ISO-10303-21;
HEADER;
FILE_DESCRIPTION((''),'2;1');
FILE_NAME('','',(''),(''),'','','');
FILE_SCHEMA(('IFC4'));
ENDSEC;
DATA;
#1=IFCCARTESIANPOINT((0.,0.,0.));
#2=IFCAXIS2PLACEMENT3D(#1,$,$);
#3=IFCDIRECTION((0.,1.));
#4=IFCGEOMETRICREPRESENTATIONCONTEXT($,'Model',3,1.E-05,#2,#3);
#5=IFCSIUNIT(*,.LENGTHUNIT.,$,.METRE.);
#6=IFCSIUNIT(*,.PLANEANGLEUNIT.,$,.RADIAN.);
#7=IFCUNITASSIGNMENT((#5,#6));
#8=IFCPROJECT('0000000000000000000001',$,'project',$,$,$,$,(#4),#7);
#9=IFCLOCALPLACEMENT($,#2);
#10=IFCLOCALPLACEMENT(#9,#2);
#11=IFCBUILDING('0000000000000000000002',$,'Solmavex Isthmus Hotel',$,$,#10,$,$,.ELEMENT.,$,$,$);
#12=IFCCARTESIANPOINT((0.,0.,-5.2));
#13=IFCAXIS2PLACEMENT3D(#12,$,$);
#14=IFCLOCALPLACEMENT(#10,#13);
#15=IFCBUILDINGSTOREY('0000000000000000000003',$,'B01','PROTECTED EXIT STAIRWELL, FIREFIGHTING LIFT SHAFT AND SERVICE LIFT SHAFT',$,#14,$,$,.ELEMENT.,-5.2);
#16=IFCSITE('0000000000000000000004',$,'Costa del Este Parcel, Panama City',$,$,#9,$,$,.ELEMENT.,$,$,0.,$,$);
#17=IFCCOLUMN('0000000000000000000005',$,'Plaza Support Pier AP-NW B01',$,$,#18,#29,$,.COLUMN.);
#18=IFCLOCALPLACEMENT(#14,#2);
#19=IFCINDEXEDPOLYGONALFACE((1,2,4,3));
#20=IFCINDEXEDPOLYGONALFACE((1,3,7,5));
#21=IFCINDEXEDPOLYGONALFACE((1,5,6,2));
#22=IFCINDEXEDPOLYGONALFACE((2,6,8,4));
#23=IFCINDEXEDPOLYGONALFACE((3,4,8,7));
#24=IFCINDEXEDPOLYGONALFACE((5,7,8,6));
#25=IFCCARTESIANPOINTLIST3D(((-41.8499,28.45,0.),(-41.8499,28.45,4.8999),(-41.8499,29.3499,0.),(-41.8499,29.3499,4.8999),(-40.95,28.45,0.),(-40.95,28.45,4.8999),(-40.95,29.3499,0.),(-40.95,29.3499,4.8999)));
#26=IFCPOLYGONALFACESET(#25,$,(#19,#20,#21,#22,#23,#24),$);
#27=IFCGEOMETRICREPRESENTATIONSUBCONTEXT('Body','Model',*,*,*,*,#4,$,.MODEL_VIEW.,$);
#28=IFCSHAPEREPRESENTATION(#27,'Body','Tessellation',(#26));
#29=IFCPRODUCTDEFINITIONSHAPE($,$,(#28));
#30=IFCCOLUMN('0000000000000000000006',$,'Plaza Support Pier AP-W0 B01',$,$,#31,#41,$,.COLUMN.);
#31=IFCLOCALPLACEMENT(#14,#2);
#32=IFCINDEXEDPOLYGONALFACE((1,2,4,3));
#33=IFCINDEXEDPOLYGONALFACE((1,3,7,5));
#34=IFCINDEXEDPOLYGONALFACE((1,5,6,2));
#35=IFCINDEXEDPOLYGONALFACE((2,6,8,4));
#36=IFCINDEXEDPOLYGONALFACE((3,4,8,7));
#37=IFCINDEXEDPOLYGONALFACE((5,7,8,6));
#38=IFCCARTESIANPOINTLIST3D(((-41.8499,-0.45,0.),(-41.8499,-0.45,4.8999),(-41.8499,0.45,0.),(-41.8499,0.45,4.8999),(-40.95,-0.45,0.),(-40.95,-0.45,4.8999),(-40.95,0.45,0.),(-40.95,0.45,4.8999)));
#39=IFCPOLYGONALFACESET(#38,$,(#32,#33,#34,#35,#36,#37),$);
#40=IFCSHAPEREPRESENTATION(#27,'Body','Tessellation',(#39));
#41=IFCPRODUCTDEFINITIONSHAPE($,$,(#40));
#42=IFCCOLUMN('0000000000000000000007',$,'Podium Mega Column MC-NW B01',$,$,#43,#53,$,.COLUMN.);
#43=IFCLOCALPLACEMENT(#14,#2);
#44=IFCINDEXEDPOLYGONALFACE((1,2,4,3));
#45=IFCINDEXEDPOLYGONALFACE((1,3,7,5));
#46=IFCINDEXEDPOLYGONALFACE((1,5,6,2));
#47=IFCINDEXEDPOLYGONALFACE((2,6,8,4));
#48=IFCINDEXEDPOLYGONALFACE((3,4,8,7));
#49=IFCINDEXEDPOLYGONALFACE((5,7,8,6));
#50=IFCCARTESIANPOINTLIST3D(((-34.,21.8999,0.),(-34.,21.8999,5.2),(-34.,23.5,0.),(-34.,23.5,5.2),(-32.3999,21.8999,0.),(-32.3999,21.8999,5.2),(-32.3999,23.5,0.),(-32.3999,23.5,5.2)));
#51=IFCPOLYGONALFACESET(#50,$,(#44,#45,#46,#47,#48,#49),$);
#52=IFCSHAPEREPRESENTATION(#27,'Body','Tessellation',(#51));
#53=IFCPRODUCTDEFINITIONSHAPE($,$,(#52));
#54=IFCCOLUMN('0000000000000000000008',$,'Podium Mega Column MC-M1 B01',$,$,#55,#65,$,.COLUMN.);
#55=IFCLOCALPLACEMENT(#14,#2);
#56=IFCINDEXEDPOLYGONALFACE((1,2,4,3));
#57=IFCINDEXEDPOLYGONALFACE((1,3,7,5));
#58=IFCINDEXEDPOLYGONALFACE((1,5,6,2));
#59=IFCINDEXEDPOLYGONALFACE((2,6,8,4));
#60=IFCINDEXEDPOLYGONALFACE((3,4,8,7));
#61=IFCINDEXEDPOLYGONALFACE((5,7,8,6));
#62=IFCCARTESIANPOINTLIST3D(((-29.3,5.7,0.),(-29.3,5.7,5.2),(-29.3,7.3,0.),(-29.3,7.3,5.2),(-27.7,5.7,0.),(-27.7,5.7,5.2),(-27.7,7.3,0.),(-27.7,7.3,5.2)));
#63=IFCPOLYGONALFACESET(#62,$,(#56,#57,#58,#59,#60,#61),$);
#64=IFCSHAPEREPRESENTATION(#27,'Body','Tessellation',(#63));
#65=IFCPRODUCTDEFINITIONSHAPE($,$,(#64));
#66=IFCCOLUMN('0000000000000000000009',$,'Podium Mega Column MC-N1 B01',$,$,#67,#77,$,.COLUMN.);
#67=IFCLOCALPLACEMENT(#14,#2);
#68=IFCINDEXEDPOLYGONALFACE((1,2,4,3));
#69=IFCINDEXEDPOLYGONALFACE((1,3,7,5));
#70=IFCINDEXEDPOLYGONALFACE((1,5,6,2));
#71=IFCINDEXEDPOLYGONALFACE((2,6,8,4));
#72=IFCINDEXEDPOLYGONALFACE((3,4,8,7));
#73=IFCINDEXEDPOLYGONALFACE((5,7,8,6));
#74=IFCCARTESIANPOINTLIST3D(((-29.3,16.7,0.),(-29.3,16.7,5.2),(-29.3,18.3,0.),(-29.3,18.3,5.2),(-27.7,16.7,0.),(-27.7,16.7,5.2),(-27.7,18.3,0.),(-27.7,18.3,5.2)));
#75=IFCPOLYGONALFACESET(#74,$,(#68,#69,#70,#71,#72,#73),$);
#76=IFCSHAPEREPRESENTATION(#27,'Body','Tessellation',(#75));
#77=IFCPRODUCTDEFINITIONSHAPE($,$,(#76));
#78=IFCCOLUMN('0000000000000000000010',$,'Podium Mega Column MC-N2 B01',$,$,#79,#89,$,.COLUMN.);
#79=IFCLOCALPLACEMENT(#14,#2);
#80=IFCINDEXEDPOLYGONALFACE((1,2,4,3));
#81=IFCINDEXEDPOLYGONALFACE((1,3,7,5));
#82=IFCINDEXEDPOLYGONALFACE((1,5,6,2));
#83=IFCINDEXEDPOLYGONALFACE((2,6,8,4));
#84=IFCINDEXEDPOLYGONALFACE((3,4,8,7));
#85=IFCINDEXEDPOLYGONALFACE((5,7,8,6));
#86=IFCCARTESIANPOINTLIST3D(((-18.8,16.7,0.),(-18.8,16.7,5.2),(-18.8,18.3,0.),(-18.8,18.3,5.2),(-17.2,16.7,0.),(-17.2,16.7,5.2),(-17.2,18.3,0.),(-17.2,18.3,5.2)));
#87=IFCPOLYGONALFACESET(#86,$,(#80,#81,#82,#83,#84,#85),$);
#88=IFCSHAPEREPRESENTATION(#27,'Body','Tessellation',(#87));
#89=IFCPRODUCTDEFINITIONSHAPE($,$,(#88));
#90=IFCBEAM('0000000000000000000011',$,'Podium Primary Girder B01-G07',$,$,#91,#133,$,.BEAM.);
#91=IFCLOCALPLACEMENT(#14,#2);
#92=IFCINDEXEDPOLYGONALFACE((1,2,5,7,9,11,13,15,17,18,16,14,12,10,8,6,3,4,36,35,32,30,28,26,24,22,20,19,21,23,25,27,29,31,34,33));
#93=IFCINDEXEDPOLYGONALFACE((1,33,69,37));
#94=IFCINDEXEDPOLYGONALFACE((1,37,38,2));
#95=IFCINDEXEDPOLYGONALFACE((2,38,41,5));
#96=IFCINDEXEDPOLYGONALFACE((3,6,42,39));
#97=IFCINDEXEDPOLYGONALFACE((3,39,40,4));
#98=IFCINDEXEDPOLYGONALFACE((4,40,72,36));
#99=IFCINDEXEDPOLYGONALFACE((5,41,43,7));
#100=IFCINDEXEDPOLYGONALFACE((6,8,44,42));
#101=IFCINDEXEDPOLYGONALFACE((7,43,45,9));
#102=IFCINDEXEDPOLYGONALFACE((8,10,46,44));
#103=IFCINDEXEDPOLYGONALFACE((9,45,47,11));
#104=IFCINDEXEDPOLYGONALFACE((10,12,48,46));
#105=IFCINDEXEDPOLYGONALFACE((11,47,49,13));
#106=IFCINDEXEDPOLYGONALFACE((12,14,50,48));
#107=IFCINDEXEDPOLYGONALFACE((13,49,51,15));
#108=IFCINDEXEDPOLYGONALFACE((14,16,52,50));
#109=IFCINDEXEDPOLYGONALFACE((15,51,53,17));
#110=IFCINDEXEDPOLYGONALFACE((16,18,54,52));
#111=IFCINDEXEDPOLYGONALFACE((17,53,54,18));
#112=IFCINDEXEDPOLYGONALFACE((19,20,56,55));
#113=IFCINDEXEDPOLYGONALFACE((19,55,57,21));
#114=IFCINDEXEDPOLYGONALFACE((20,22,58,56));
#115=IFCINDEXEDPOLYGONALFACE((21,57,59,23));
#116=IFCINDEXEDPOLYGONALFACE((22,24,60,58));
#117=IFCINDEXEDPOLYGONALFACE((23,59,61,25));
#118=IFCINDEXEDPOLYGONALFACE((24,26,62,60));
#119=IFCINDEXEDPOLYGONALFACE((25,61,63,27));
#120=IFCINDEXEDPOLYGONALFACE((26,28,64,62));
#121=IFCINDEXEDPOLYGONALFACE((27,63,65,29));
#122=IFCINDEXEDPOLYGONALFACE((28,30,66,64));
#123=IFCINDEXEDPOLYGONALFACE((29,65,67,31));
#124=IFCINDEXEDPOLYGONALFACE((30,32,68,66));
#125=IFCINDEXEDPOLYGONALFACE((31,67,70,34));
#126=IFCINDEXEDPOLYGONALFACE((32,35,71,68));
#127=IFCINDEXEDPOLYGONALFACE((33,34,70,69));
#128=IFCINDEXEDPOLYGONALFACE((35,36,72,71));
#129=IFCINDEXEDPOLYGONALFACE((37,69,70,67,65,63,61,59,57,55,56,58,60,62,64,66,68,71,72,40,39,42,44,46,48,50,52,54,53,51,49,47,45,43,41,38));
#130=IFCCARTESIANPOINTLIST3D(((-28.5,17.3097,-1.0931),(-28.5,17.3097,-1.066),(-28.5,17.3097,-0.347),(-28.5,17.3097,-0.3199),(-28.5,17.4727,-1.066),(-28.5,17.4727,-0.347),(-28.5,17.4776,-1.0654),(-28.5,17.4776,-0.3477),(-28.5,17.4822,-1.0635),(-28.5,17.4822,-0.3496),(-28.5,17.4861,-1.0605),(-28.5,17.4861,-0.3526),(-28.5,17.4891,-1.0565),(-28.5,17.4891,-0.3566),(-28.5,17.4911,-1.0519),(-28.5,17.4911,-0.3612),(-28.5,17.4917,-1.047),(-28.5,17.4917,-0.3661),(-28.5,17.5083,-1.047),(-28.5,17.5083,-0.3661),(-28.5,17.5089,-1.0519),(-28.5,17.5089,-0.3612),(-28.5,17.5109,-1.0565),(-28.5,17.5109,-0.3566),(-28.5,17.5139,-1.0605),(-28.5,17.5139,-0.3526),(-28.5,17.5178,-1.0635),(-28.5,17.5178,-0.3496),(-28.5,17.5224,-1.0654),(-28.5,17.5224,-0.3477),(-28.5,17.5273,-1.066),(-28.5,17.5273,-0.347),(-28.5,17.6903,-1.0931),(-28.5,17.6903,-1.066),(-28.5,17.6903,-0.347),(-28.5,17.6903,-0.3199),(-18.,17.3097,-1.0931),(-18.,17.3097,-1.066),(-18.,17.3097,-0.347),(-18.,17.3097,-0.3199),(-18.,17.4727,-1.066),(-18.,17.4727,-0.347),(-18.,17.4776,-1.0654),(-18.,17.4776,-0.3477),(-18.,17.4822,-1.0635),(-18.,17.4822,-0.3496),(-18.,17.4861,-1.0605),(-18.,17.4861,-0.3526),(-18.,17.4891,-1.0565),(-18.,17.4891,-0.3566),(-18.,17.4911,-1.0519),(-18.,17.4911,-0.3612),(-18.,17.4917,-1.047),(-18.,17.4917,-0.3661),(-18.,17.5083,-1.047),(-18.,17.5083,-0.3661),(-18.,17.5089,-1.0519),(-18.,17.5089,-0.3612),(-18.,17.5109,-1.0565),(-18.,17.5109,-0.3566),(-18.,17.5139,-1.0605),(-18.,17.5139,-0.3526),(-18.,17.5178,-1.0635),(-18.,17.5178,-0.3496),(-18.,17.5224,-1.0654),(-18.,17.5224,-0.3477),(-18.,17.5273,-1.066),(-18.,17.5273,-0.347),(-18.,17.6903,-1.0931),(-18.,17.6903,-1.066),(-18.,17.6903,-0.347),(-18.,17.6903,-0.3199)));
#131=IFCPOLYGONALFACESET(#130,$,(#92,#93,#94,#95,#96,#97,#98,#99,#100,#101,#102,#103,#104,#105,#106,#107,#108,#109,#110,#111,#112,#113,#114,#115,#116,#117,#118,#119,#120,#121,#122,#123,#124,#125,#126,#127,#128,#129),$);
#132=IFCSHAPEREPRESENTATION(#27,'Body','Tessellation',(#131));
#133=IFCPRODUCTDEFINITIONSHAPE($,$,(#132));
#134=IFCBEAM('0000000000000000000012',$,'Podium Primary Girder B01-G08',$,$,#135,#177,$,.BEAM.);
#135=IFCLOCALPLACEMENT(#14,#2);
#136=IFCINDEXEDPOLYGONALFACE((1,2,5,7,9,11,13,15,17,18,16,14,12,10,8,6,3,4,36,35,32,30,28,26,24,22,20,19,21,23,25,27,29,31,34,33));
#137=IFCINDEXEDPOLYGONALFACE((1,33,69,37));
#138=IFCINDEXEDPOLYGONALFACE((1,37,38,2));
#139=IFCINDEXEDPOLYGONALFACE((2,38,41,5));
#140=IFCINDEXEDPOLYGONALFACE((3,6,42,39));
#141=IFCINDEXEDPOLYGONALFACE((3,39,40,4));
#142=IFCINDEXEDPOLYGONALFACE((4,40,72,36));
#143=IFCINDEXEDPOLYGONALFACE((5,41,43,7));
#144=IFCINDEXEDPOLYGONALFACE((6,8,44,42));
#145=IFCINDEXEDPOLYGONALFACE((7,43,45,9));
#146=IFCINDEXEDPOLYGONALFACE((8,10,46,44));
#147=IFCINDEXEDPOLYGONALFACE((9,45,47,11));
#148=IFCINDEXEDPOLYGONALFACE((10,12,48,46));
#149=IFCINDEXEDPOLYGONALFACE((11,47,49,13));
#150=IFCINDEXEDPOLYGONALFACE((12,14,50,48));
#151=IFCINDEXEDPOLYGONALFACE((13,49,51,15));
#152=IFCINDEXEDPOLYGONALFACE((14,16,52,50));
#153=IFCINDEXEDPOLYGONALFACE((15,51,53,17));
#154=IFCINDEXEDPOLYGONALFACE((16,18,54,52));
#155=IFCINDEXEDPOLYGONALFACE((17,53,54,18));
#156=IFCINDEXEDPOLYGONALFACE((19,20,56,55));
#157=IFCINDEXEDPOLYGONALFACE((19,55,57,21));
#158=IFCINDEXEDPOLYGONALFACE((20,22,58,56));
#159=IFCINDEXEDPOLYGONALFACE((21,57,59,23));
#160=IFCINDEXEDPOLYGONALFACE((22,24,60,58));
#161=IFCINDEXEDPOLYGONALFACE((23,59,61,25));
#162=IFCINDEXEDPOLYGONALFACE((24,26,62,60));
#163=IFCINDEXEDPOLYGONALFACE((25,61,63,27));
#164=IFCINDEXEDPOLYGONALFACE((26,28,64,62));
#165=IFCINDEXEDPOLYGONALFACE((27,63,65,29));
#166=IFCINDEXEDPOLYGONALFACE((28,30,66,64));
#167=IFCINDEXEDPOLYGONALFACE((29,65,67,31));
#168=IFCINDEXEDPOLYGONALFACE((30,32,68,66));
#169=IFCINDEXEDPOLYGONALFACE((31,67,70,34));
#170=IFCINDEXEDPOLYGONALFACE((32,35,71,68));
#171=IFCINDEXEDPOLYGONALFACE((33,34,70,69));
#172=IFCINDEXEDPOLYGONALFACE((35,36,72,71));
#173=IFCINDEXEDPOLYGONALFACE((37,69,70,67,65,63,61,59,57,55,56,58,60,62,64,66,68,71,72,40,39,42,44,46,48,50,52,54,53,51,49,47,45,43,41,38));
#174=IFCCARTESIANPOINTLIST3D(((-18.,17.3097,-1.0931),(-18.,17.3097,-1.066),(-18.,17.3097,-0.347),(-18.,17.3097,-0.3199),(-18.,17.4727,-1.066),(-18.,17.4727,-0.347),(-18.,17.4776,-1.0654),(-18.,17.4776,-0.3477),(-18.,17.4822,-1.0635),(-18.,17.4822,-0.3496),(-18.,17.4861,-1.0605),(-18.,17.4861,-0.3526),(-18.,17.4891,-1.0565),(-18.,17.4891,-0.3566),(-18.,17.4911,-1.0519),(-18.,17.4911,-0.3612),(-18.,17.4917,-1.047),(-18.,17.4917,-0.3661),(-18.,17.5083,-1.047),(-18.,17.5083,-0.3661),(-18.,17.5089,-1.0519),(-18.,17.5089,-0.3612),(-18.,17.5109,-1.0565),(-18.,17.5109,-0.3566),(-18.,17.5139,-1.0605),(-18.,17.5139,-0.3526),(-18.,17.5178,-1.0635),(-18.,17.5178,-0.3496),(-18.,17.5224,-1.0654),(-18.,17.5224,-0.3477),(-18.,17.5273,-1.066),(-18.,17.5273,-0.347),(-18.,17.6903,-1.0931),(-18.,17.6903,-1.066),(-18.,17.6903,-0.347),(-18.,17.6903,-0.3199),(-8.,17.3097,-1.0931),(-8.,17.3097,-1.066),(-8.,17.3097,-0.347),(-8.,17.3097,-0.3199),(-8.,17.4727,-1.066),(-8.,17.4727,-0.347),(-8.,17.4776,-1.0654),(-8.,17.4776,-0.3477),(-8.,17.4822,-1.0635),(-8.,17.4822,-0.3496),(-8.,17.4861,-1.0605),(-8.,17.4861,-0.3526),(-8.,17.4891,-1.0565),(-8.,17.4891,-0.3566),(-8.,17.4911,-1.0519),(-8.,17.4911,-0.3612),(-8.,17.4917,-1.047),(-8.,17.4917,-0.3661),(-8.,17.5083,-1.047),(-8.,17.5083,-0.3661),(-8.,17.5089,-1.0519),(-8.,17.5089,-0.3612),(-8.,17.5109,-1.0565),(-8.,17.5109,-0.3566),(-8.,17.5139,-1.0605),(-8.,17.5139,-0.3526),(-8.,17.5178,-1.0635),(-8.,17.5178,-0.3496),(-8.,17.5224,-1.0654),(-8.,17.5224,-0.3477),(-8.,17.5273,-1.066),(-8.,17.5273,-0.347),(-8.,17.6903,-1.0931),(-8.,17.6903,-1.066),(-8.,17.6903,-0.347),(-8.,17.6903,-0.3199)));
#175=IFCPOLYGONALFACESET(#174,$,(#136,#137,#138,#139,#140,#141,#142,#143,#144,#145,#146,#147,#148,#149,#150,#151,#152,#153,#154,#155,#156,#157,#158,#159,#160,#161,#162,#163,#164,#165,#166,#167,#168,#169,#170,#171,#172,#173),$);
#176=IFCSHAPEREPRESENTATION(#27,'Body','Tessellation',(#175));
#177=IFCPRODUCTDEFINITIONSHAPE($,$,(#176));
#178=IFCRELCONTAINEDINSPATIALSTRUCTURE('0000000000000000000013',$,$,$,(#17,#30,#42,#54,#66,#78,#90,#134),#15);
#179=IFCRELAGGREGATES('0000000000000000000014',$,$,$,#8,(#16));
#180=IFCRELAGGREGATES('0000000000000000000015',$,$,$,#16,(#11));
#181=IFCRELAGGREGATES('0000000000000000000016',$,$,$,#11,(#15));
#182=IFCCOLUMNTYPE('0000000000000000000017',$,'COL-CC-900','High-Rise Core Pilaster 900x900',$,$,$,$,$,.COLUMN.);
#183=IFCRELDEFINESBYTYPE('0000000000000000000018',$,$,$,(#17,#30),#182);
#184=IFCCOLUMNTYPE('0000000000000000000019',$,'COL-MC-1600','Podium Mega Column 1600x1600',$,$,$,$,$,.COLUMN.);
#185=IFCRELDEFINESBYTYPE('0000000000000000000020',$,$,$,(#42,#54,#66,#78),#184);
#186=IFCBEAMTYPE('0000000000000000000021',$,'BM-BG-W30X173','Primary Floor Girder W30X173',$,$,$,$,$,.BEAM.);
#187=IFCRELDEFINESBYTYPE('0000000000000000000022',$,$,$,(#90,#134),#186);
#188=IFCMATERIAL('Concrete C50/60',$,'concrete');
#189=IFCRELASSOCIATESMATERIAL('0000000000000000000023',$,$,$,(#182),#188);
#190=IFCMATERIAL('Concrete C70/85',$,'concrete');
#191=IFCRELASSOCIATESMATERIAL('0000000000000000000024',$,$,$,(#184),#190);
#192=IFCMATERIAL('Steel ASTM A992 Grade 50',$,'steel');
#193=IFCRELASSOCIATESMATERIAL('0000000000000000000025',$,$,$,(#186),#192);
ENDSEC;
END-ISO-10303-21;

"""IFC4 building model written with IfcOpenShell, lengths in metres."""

from ifc_helpers import new_model, si_unit, direction, frame, origin, origin_2d, place, context, subcontext, project, spatial, rectangle, i_section, extrude, material, material_profile, profile_set, type_object, element, save


model = new_model("IFC4")

# Units and contexts
model_context = context("Model", 3, precision=1e-05, world=origin(), true_north=direction((0.0, 1.0)))
body_context = subcontext(model_context, "Body", "Model", "MODEL_VIEW")
ifc_project = project(units=[si_unit("LENGTHUNIT", "METRE"), si_unit("PLANEANGLEUNIT", "RADIAN")], contexts=[model_context])

# Site, building, storey
site_placement = place(None, origin())
site = spatial("IfcSite", under=ifc_project, at=site_placement, Name="Costa del Este Parcel, Panama City", CompositionType="ELEMENT", RefElevation=0.0)
building_placement = place(site_placement, origin())
building = spatial("IfcBuilding", under=site, at=building_placement, Name="Solmavex Isthmus Hotel", CompositionType="ELEMENT")
storey_placement = place(building_placement, frame((0.0, 0.0, -5.2)))
storey = spatial("IfcBuildingStorey", under=building, at=storey_placement, Name="B01", Description="PROTECTED EXIT STAIRWELL, FIREFIGHTING LIFT SHAFT AND SERVICE LIFT SHAFT", CompositionType="ELEMENT", Elevation=-5.2)

# Columns
ifc_material_1 = material(Name="Concrete C50/60", Category="concrete")
ifc_material_profile_1 = material_profile(ifc_material_1, rectangle(XDim=0.8999, YDim=0.8999, at=origin_2d()), Name="RC900X900")
ifc_profile_set_1 = profile_set([ifc_material_profile_1], Name="Concrete C50/60")
column_type_1 = type_object("IfcColumnType", Name="COL-CC-900", Description="High-Rise Core Pilaster 900x900", PredefinedType="COLUMN", material=ifc_profile_set_1)
for number, where, z_axis, x_axis, name in (
    (1, (-41.3999, 28.8999, 0.0), (0.0, 0.0, 1.0), (1.0, 0.0, 0.0), "Plaza Support Pier AP-NW B01"),
    (2, (-41.3999, 0.0, 0.0), (0.0, 0.0, 1.0), (1.0, 0.0, 0.0), "Plaza Support Pier AP-W0 B01"),
):
    element("IfcColumn", number, at=place(storey_placement, frame(where, z_axis=z_axis, x_axis=x_axis)), inside=storey, type_object=column_type_1, Name=name, PredefinedType="COLUMN", context=body_context, shape_type="SweptSolid", body=[
        extrude(rectangle(XDim=0.8999, YDim=0.8999, at=origin_2d()), origin(), (0.0, 0.0, 1.0), 4.8999),
    ])
ifc_material_2 = material(Name="Concrete C70/85", Category="concrete")
ifc_material_profile_2 = material_profile(ifc_material_2, rectangle(XDim=1.6001, YDim=1.6001, at=origin_2d()), Name="RC1600X1600")
ifc_profile_set_2 = profile_set([ifc_material_profile_2], Name="Concrete C70/85")
column_type_2 = type_object("IfcColumnType", Name="COL-MC-1600", Description="Podium Mega Column 1600x1600", PredefinedType="COLUMN", material=ifc_profile_set_2)
for number, where, z_axis, x_axis, name in (
    (3, (-33.2, 22.7, 0.0), (0.0, 0.0, 1.0), (1.0, 0.0, 0.0), "Podium Mega Column MC-NW B01"),
    (4, (-28.5, 6.5, 0.0), (0.0, 0.0, 1.0), (1.0, 0.0, 0.0), "Podium Mega Column MC-M1 B01"),
    (5, (-28.5, 17.5, 0.0), (0.0, 0.0, 1.0), (1.0, 0.0, 0.0), "Podium Mega Column MC-N1 B01"),
    (6, (-18.0, 17.5, 0.0), (0.0, 0.0, 1.0), (1.0, 0.0, 0.0), "Podium Mega Column MC-N2 B01"),
):
    element("IfcColumn", number, at=place(storey_placement, frame(where, z_axis=z_axis, x_axis=x_axis)), inside=storey, type_object=column_type_2, Name=name, PredefinedType="COLUMN", context=body_context, shape_type="SweptSolid", body=[
        extrude(rectangle(XDim=1.6001, YDim=1.6001, at=origin_2d()), origin(), (0.0, 0.0, 1.0), 5.2),
    ])

# Beams
ifc_material_3 = material(Name="Steel ASTM A992 Grade 50", Category="steel")
ifc_material_profile_3 = material_profile(ifc_material_3, i_section(OverallWidth=0.3806, OverallDepth=0.7732, WebThickness=0.0166, FlangeThickness=0.0271, FilletRadius=0.019, at=origin_2d()), Name="W30X173")
ifc_profile_set_3 = profile_set([ifc_material_profile_3], Name="Steel ASTM A992 Grade 50")
beam_type_1 = type_object("IfcBeamType", Name="BM-BG-W30X173", Description="Primary Floor Girder W30X173", PredefinedType="BEAM", material=ifc_profile_set_3)
beam_1_placement = place(storey_placement, frame((-28.5, 17.5, -0.7065), z_axis=(1.0, 0.0, 0.0), x_axis=(0.0, 1.0, 0.0)))
element("IfcBeam", 7, at=beam_1_placement, inside=storey, type_object=beam_type_1, Name="Podium Primary Girder B01-G07", PredefinedType="BEAM", context=body_context, shape_type="SweptSolid", body=[
    extrude(i_section(OverallWidth=0.3806, OverallDepth=0.7732, WebThickness=0.0166, FlangeThickness=0.0271, FilletRadius=0.019, at=origin_2d()), origin(), (0.0, 0.0, 1.0), 10.5),
])
beam_2_placement = place(storey_placement, frame((-18.0, 17.5, -0.7065), z_axis=(1.0, 0.0, 0.0), x_axis=(0.0, 1.0, 0.0)))
element("IfcBeam", 8, at=beam_2_placement, inside=storey, type_object=beam_type_1, Name="Podium Primary Girder B01-G08", PredefinedType="BEAM", context=body_context, shape_type="SweptSolid", body=[
    extrude(i_section(OverallWidth=0.3806, OverallDepth=0.7732, WebThickness=0.0166, FlangeThickness=0.0271, FilletRadius=0.019, at=origin_2d()), origin(), (0.0, 0.0, 1.0), 10.0),
])

save(model, "model.ifc")
